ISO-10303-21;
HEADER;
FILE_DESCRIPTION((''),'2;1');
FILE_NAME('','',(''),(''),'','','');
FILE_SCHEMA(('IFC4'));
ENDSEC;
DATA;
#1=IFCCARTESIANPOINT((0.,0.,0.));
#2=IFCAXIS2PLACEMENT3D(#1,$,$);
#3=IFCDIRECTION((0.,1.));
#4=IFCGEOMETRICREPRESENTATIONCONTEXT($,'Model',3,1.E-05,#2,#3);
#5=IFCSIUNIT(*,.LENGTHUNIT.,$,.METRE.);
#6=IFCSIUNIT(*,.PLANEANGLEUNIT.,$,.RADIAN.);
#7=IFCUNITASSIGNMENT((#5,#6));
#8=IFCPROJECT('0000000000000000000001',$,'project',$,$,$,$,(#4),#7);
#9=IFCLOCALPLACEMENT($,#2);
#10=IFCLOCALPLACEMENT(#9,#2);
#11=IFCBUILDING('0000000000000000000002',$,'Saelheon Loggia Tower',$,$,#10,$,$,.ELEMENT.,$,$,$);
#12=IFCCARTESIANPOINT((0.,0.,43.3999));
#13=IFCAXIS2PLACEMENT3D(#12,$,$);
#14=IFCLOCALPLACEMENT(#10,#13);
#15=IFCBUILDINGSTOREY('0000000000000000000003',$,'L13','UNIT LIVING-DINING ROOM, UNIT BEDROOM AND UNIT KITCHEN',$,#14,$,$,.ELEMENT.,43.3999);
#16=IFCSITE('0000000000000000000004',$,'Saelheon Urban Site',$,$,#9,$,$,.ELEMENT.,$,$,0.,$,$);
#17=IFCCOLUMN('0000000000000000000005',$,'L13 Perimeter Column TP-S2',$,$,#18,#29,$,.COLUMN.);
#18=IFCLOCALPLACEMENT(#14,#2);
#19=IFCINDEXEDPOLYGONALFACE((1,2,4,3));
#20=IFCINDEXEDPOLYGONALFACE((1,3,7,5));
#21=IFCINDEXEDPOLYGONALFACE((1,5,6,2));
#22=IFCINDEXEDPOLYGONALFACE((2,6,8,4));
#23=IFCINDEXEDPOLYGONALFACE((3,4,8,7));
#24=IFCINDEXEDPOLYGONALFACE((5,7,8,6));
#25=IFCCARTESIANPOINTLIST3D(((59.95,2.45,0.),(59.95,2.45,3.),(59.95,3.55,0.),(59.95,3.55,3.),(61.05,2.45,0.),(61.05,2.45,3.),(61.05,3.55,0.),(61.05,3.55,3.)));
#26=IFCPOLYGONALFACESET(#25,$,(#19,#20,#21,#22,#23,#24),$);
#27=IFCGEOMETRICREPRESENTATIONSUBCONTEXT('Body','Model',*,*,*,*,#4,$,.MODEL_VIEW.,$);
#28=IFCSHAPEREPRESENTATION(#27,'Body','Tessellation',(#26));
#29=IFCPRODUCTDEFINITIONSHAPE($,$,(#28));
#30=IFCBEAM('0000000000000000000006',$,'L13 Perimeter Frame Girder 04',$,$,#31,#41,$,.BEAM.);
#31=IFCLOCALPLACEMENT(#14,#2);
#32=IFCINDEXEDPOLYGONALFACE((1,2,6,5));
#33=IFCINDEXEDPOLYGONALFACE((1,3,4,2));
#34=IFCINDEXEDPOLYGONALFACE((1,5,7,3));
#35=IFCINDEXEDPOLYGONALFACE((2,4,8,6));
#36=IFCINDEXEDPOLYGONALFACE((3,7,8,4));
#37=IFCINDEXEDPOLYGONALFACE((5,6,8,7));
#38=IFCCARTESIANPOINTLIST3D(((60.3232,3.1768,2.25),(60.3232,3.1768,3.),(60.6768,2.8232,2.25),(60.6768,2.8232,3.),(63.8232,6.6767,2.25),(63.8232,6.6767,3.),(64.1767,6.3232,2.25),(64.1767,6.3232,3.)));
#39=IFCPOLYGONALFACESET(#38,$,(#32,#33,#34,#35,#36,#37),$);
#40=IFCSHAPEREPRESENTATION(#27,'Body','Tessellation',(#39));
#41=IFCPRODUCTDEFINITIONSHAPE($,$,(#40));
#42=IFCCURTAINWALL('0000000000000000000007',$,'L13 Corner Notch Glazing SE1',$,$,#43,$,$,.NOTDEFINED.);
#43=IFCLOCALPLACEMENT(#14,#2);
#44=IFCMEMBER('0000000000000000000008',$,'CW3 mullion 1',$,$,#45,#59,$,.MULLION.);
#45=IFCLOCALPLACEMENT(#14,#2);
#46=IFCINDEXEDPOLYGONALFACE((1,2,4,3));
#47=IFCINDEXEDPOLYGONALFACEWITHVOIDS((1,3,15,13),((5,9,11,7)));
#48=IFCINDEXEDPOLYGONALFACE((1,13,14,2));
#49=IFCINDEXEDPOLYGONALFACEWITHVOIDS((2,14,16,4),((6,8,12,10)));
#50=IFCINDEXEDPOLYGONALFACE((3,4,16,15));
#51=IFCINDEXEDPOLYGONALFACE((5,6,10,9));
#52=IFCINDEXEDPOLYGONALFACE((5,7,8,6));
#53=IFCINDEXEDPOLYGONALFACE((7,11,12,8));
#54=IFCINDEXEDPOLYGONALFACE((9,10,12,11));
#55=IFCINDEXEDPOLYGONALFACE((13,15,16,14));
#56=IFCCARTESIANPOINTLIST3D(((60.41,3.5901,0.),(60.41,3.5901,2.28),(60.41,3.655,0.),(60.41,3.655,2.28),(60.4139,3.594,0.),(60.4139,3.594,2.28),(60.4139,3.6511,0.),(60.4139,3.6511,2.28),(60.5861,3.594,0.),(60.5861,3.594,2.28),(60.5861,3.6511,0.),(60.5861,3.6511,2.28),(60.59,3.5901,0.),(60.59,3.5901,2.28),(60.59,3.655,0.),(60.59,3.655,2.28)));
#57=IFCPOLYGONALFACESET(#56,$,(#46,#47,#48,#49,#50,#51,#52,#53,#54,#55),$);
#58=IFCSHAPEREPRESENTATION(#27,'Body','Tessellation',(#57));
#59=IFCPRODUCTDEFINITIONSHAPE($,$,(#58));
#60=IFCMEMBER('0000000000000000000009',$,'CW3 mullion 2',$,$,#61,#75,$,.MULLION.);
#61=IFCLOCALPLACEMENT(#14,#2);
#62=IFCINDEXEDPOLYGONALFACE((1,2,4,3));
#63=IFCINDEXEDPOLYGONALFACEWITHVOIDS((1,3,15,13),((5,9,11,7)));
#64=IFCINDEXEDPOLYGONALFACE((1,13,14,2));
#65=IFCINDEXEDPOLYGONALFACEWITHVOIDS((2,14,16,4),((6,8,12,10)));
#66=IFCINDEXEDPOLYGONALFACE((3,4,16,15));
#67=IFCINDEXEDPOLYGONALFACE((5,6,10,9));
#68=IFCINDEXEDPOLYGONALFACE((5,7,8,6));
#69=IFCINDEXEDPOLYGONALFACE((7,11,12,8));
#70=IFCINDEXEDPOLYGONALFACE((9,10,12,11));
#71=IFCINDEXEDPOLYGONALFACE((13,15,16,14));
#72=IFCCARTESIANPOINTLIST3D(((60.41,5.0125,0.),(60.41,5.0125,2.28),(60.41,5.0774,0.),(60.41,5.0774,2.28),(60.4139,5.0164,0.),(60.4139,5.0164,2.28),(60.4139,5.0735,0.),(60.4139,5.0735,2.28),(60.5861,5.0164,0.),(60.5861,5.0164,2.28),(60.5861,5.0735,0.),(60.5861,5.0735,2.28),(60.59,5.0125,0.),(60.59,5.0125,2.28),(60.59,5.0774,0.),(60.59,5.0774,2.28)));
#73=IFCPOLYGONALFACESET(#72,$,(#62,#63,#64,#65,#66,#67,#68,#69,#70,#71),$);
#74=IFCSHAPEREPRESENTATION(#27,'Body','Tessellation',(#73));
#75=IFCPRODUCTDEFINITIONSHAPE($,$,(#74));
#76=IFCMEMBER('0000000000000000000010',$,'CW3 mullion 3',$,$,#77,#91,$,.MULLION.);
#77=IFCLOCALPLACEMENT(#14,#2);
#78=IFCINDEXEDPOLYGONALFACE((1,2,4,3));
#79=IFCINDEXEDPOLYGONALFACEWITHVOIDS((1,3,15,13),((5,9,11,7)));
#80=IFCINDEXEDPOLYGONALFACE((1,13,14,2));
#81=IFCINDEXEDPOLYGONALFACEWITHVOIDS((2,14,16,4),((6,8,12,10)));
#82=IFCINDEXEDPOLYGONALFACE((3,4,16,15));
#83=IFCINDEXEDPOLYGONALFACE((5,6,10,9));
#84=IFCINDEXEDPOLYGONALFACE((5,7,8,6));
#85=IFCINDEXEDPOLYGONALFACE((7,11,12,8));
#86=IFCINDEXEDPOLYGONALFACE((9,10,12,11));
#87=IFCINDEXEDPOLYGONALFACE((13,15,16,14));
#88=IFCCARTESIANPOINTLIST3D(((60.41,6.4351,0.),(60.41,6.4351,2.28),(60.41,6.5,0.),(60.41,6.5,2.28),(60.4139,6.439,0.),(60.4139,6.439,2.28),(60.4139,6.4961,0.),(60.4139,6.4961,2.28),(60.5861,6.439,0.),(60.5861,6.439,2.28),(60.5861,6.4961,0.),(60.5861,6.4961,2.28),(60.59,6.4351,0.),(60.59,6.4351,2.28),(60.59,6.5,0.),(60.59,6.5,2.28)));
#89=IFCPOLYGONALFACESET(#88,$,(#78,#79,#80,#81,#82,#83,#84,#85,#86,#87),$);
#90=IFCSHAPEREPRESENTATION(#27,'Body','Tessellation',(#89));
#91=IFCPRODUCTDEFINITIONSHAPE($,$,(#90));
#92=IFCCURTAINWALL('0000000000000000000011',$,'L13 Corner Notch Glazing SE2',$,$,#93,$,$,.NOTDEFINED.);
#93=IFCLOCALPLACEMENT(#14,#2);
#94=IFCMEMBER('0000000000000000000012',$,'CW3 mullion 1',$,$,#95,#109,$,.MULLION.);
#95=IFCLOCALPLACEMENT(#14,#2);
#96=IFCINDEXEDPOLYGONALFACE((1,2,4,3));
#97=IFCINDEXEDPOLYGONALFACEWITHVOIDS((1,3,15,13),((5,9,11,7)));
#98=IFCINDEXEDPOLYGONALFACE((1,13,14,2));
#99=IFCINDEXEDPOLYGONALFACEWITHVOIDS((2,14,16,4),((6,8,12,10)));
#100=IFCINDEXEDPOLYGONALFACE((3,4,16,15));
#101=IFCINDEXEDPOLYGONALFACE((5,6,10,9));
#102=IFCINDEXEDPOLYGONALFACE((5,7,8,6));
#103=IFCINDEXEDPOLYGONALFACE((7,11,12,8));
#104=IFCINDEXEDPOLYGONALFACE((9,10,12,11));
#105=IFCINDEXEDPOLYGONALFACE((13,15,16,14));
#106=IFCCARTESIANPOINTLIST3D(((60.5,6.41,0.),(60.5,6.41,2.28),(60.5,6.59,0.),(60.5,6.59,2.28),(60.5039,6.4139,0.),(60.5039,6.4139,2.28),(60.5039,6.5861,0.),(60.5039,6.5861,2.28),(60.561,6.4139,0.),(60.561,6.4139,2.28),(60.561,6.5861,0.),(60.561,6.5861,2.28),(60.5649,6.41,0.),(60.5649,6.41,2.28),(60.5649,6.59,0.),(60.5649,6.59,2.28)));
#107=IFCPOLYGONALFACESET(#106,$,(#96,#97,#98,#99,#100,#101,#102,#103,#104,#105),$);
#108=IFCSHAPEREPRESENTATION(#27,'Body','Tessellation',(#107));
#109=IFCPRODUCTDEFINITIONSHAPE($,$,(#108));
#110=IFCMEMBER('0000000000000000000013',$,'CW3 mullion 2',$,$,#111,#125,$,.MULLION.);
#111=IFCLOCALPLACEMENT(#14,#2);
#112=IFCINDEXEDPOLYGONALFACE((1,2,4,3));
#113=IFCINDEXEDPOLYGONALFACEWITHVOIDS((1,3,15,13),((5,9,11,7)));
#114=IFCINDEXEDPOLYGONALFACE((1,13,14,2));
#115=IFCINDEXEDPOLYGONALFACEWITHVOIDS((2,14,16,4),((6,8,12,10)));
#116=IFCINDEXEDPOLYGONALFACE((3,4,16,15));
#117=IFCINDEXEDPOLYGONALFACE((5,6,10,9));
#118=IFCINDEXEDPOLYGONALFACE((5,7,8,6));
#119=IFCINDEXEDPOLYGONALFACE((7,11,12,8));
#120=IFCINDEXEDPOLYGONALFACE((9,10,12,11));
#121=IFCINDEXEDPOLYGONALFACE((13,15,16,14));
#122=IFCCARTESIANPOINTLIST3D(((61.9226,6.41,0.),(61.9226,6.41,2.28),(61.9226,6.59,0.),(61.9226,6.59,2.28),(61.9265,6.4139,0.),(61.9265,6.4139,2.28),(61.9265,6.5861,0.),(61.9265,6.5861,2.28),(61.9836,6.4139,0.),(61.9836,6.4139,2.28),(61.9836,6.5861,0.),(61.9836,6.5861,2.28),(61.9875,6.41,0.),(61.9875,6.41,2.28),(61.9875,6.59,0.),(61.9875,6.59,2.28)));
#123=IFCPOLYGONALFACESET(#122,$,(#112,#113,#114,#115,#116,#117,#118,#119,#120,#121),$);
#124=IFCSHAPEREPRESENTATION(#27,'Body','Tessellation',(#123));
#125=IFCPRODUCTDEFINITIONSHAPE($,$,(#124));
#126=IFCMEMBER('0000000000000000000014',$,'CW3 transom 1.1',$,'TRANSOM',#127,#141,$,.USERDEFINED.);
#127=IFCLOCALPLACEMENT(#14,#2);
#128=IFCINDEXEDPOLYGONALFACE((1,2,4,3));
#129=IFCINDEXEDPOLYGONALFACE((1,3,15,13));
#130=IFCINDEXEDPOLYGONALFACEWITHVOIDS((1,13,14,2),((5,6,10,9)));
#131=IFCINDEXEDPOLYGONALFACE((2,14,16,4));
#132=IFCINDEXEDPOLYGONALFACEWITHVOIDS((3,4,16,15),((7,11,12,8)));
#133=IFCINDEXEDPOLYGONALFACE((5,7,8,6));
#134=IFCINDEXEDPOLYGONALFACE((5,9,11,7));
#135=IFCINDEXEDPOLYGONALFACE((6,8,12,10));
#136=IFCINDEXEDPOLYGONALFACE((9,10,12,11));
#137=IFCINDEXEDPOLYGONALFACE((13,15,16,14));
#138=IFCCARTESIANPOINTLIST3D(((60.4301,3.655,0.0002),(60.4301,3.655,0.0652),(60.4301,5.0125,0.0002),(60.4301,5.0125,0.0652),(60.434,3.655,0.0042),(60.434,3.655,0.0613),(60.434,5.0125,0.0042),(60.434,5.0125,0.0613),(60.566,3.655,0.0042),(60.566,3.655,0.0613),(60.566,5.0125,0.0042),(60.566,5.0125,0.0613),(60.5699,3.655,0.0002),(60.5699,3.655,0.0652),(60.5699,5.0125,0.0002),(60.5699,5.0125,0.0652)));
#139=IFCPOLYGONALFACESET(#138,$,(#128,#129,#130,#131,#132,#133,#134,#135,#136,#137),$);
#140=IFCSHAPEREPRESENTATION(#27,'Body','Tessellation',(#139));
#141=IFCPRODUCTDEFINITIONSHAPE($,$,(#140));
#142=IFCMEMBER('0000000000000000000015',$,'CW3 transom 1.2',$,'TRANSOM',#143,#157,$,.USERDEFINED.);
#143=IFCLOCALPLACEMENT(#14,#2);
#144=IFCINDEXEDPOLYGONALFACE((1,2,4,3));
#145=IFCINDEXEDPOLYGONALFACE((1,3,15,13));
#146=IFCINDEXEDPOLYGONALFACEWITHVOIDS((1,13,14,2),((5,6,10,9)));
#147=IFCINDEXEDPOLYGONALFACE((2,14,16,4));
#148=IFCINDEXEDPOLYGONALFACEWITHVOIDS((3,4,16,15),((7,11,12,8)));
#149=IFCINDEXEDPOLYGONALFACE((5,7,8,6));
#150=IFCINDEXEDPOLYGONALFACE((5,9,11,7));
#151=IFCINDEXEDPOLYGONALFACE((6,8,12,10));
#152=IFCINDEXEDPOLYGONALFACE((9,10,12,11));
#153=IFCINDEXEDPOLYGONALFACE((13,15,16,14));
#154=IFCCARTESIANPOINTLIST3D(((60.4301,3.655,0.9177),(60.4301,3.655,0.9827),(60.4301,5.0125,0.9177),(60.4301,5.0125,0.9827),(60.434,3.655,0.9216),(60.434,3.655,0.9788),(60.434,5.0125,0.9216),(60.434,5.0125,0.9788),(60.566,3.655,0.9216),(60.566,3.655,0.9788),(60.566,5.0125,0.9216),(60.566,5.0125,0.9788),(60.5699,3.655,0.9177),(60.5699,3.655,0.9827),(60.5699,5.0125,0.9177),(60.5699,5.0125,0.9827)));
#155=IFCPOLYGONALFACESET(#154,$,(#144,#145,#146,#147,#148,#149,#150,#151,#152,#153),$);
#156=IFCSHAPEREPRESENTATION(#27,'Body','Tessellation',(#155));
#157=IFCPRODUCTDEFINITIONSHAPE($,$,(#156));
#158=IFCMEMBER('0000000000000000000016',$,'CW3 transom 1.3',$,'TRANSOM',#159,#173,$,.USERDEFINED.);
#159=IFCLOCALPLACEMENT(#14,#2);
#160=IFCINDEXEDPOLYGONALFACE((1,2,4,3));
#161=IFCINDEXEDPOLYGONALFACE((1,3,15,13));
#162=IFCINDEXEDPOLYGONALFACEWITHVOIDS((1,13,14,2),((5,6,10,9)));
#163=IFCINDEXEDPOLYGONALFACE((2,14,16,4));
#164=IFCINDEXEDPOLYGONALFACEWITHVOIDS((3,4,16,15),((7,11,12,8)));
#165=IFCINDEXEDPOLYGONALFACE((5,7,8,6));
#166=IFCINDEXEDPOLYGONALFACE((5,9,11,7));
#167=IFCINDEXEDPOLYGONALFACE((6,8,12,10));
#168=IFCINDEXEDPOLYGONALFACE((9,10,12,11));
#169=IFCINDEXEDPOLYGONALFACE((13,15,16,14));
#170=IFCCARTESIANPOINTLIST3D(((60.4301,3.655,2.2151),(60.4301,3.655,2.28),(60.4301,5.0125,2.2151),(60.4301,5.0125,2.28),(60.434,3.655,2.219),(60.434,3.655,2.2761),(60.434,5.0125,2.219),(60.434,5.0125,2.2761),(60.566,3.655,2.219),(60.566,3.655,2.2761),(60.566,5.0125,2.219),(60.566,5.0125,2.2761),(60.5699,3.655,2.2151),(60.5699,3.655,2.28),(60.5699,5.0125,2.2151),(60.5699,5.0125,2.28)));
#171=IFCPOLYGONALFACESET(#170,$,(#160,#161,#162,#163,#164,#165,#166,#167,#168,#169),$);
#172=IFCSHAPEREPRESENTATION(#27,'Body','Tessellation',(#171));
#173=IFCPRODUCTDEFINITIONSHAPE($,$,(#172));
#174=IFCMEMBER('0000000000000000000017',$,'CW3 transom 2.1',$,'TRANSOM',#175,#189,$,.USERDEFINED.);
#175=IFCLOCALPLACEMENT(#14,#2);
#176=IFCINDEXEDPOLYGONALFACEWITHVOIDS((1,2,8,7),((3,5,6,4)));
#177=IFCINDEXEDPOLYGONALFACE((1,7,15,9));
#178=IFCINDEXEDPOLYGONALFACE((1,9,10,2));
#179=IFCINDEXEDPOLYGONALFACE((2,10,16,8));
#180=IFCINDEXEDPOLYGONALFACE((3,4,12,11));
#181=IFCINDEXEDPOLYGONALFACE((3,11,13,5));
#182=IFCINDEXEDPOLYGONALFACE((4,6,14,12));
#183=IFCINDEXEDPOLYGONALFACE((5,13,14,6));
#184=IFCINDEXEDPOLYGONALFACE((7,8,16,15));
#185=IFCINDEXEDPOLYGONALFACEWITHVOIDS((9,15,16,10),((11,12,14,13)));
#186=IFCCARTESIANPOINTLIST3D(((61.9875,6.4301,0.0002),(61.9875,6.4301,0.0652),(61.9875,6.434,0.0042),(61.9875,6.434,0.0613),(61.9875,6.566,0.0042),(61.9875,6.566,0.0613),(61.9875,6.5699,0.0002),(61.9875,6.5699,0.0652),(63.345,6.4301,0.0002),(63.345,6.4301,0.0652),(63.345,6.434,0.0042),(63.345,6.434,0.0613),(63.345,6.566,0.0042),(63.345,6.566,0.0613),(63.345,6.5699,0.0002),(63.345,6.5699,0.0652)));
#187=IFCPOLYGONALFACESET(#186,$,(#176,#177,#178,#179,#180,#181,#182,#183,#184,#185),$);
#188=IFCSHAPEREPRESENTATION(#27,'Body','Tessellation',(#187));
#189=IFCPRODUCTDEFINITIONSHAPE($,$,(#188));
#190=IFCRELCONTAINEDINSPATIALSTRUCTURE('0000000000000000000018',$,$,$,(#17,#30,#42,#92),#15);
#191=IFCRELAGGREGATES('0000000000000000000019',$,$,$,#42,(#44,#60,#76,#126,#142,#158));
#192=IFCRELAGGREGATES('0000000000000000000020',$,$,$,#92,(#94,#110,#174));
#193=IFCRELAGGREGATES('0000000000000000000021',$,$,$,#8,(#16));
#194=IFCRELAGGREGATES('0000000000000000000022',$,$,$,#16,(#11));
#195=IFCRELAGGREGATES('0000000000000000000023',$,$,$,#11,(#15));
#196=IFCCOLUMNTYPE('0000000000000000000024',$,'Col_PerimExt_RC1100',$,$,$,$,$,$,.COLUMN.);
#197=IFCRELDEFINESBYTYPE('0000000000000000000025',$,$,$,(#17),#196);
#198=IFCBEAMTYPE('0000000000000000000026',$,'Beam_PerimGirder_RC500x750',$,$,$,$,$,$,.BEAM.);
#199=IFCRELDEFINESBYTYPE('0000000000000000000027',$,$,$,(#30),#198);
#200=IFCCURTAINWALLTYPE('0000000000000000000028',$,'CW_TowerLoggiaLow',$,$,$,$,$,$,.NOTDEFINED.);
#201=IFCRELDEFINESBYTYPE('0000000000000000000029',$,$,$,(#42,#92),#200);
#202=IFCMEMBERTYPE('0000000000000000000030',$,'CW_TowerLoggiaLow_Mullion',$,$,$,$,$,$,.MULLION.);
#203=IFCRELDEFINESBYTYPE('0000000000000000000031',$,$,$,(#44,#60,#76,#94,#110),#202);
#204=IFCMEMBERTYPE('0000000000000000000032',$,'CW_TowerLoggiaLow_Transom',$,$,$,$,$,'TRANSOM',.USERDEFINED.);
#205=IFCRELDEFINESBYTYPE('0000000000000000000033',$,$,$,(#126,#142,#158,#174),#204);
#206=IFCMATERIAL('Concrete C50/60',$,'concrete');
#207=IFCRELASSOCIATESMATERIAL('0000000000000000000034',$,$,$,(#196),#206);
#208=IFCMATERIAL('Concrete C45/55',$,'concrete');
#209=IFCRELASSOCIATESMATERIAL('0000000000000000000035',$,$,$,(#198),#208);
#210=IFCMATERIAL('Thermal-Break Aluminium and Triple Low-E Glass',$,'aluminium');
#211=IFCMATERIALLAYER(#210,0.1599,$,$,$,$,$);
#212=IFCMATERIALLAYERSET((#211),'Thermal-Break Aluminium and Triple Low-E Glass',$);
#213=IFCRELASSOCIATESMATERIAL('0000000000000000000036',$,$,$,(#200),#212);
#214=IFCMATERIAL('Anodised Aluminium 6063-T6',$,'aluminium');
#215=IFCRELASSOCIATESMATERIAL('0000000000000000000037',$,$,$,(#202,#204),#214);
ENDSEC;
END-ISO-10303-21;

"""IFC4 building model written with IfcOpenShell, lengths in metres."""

from ifc_helpers import new_model, si_unit, direction, frame, origin, origin_2d, place, context, subcontext, project, spatial, rectangle, hollow_rectangle, extrude, source, transform, mapped, material, layer, layer_set, material_profile, profile_set, type_object, element, aggregate, save


model = new_model("IFC4")

# Units and contexts
model_context = context("Model", 3, precision=1e-05, world=origin(), true_north=direction((0.0, 1.0)))
body_context = subcontext(model_context, "Body", "Model", "MODEL_VIEW")
ifc_project = project(units=[si_unit("LENGTHUNIT", "METRE"), si_unit("PLANEANGLEUNIT", "RADIAN")], contexts=[model_context])

# Site, building, storey
site_placement = place(None, origin())
site = spatial("IfcSite", under=ifc_project, at=site_placement, Name="Saelheon Urban Site", CompositionType="ELEMENT", RefElevation=0.0)
building_placement = place(site_placement, origin())
building = spatial("IfcBuilding", under=site, at=building_placement, Name="Saelheon Loggia Tower", CompositionType="ELEMENT")
storey_placement = place(building_placement, frame((0.0, 0.0, 43.3999)))
storey = spatial("IfcBuildingStorey", under=building, at=storey_placement, Name="L13", Description="UNIT LIVING-DINING ROOM, UNIT BEDROOM AND UNIT KITCHEN", CompositionType="ELEMENT", Elevation=43.3999)

# Column
ifc_material_1 = material(Name="Concrete C50/60", Category="concrete")
ifc_material_profile_1 = material_profile(ifc_material_1, rectangle(XDim=1.1001, YDim=1.1001, at=origin_2d()), Name="RC-1100x1100")
ifc_profile_set_1 = profile_set([ifc_material_profile_1], Name="Concrete C50/60")
column_type = type_object("IfcColumnType", Name="Col_PerimExt_RC1100", PredefinedType="COLUMN", material=ifc_profile_set_1)
shared_shape_1 = source(origin(), body_context, "Body", "SweptSolid", [
    extrude(rectangle(XDim=1.1001, YDim=1.1001, at=origin_2d()), origin(), (0.0, 0.0, 1.0), 3.0),
])
column_placement = place(storey_placement, frame((60.5, 3.0, 0.0), z_axis=(0.0, 0.0, 1.0), x_axis=(1.0, 0.0, 0.0)))
element("IfcColumn", 1, at=column_placement, inside=storey, type_object=column_type, Name="L13 Perimeter Column TP-S2", PredefinedType="COLUMN", context=body_context, shape_type="MappedRepresentation", body=[
    mapped(shared_shape_1, transform((0.0, 0.0, 0.0), scale=1.0)),
])

# Beam
ifc_material_2 = material(Name="Concrete C45/55", Category="concrete")
ifc_material_profile_2 = material_profile(ifc_material_2, rectangle(XDim=0.5, YDim=0.75, at=origin_2d()), Name="RC-500x750")
ifc_profile_set_2 = profile_set([ifc_material_profile_2], Name="Concrete C45/55")
beam_type = type_object("IfcBeamType", Name="Beam_PerimGirder_RC500x750", PredefinedType="BEAM", material=ifc_profile_set_2)
shared_shape_2 = source(origin(), body_context, "Body", "SweptSolid", [
    extrude(rectangle(XDim=0.5, YDim=0.75, at=origin_2d()), origin(), (0.0, 0.0, 1.0), 4.9497),
])
beam_placement = place(storey_placement, frame((60.5, 3.0, 2.625), z_axis=(0.707107, 0.707107, 0.0), x_axis=(-0.707107, 0.707107, 0.0)))
element("IfcBeam", 2, at=beam_placement, inside=storey, type_object=beam_type, Name="L13 Perimeter Frame Girder 04", PredefinedType="BEAM", context=body_context, shape_type="MappedRepresentation", body=[
    mapped(shared_shape_2, transform((0.0, 0.0, 0.0), scale=1.0)),
])

# Curtain walls, members
ifc_material_3 = material(Name="Thermal-Break Aluminium and Triple Low-E Glass", Category="aluminium")
ifc_layer_1 = layer(ifc_material_3, 0.1599)
ifc_layer_set_1 = layer_set([ifc_layer_1], Name="Thermal-Break Aluminium and Triple Low-E Glass")
curtain_wall_type = type_object("IfcCurtainWallType", Name="CW_TowerLoggiaLow", PredefinedType="NOTDEFINED", material=ifc_layer_set_1)
curtain_wall_1_placement = place(storey_placement, origin())
curtain_wall_1 = element("IfcCurtainWall", 3, at=curtain_wall_1_placement, inside=storey, type_object=curtain_wall_type, Name="L13 Corner Notch Glazing SE1", PredefinedType="NOTDEFINED")
ifc_material_4 = material(Name="Anodised Aluminium 6063-T6", Category="aluminium")
ifc_material_profile_3 = material_profile(ifc_material_4, hollow_rectangle(XDim=0.0649, YDim=0.1799, WallThickness=0.0039, at=origin_2d()), Name="RHS-180x65x4")
ifc_profile_set_3 = profile_set([ifc_material_profile_3], Name="Anodised Aluminium 6063-T6")
member_type_1 = type_object("IfcMemberType", Name="CW_TowerLoggiaLow_Mullion", PredefinedType="MULLION", material=ifc_profile_set_3)
shared_shape_3 = source(origin(), body_context, "Body", "SweptSolid", [
    extrude(hollow_rectangle(XDim=0.0649, YDim=0.1799, WallThickness=0.0039, at=origin_2d()), origin(), (0.0, 0.0, 1.0), 2.28),
])
member_1_placement = place(storey_placement, frame((60.5, 3.6226, 0.0), z_axis=(0.0, 0.0, 1.0), x_axis=(0.0, 1.0, 0.0)))
member_1 = element("IfcMember", 4, at=member_1_placement, type_object=member_type_1, Name="CW3 mullion 1", PredefinedType="MULLION", context=body_context, shape_type="MappedRepresentation", body=[
    mapped(shared_shape_3, transform((0.0, 0.0, 0.0), scale=1.0)),
])
member_2_placement = place(storey_placement, frame((60.5, 5.0449, 0.0), z_axis=(0.0, 0.0, 1.0), x_axis=(0.0, 1.0, 0.0)))
member_2 = element("IfcMember", 5, at=member_2_placement, type_object=member_type_1, Name="CW3 mullion 2", PredefinedType="MULLION", context=body_context, shape_type="MappedRepresentation", body=[
    mapped(shared_shape_3, transform((0.0, 0.0, 0.0), scale=1.0)),
])
member_3_placement = place(storey_placement, frame((60.5, 6.4675, 0.0), z_axis=(0.0, 0.0, 1.0), x_axis=(0.0, 1.0, 0.0)))
member_3 = element("IfcMember", 6, at=member_3_placement, type_object=member_type_1, Name="CW3 mullion 3", PredefinedType="MULLION", context=body_context, shape_type="MappedRepresentation", body=[
    mapped(shared_shape_3, transform((0.0, 0.0, 0.0), scale=1.0)),
])
curtain_wall_2_placement = place(storey_placement, origin())
curtain_wall_2 = element("IfcCurtainWall", 7, at=curtain_wall_2_placement, inside=storey, type_object=curtain_wall_type, Name="L13 Corner Notch Glazing SE2", PredefinedType="NOTDEFINED")
member_4_placement = place(storey_placement, frame((60.5325, 6.5, 0.0), z_axis=(0.0, 0.0, 1.0), x_axis=(1.0, 0.0, 0.0)))
member_4 = element("IfcMember", 8, at=member_4_placement, type_object=member_type_1, Name="CW3 mullion 1", PredefinedType="MULLION", context=body_context, shape_type="MappedRepresentation", body=[
    mapped(shared_shape_3, transform((0.0, 0.0, 0.0), scale=1.0)),
])
member_5_placement = place(storey_placement, frame((61.9551, 6.5, 0.0), z_axis=(0.0, 0.0, 1.0), x_axis=(1.0, 0.0, 0.0)))
member_5 = element("IfcMember", 9, at=member_5_placement, type_object=member_type_1, Name="CW3 mullion 2", PredefinedType="MULLION", context=body_context, shape_type="MappedRepresentation", body=[
    mapped(shared_shape_3, transform((0.0, 0.0, 0.0), scale=1.0)),
])

# Members
ifc_material_profile_4 = material_profile(ifc_material_4, hollow_rectangle(XDim=0.0649, YDim=0.1399, WallThickness=0.0039, at=origin_2d()), Name="RHS-140x65x4")
ifc_profile_set_4 = profile_set([ifc_material_profile_4], Name="Anodised Aluminium 6063-T6")
member_type_2 = type_object("IfcMemberType", Name="CW_TowerLoggiaLow_Transom", ElementType="TRANSOM", PredefinedType="USERDEFINED", material=ifc_profile_set_4)
shared_shape_4 = source(origin(), body_context, "Body", "SweptSolid", [
    extrude(hollow_rectangle(XDim=0.0649, YDim=0.1399, WallThickness=0.0039, at=origin_2d()), origin(), (0.0, 0.0, 1.0), 1.3574),
])
member_6_placement = place(storey_placement, frame((60.5, 3.655, 0.0327), z_axis=(0.0, 1.0, 0.0), x_axis=(0.0, 0.0, 1.0)))
member_6 = element("IfcMember", 10, at=member_6_placement, type_object=member_type_2, Name="CW3 transom 1.1", ObjectType="TRANSOM", PredefinedType="USERDEFINED", context=body_context, shape_type="MappedRepresentation", body=[
    mapped(shared_shape_4, transform((0.0, 0.0, 0.0), scale=1.0)),
])
member_7_placement = place(storey_placement, frame((60.5, 3.655, 0.9502), z_axis=(0.0, 1.0, 0.0), x_axis=(0.0, 0.0, 1.0)))
member_7 = element("IfcMember", 11, at=member_7_placement, type_object=member_type_2, Name="CW3 transom 1.2", ObjectType="TRANSOM", PredefinedType="USERDEFINED", context=body_context, shape_type="MappedRepresentation", body=[
    mapped(shared_shape_4, transform((0.0, 0.0, 0.0), scale=1.0)),
])
member_8_placement = place(storey_placement, frame((60.5, 3.655, 2.2476), z_axis=(0.0, 1.0, 0.0), x_axis=(0.0, 0.0, 1.0)))
member_8 = element("IfcMember", 12, at=member_8_placement, type_object=member_type_2, Name="CW3 transom 1.3", ObjectType="TRANSOM", PredefinedType="USERDEFINED", context=body_context, shape_type="MappedRepresentation", body=[
    mapped(shared_shape_4, transform((0.0, 0.0, 0.0), scale=1.0)),
])
member_9_placement = place(storey_placement, frame((61.9875, 6.5, 0.0327), z_axis=(1.0, 0.0, 0.0), x_axis=(0.0, 0.0, 1.0)))
member_9 = element("IfcMember", 13, at=member_9_placement, type_object=member_type_2, Name="CW3 transom 2.1", ObjectType="TRANSOM", PredefinedType="USERDEFINED", context=body_context, shape_type="MappedRepresentation", body=[
    mapped(shared_shape_4, transform((0.0, 0.0, 0.0), scale=1.0)),
])

aggregate(curtain_wall_1, [member_1, member_2, member_3, member_6, member_7, member_8])
aggregate(curtain_wall_2, [member_4, member_5, member_9])

save(model, "model.ifc")
